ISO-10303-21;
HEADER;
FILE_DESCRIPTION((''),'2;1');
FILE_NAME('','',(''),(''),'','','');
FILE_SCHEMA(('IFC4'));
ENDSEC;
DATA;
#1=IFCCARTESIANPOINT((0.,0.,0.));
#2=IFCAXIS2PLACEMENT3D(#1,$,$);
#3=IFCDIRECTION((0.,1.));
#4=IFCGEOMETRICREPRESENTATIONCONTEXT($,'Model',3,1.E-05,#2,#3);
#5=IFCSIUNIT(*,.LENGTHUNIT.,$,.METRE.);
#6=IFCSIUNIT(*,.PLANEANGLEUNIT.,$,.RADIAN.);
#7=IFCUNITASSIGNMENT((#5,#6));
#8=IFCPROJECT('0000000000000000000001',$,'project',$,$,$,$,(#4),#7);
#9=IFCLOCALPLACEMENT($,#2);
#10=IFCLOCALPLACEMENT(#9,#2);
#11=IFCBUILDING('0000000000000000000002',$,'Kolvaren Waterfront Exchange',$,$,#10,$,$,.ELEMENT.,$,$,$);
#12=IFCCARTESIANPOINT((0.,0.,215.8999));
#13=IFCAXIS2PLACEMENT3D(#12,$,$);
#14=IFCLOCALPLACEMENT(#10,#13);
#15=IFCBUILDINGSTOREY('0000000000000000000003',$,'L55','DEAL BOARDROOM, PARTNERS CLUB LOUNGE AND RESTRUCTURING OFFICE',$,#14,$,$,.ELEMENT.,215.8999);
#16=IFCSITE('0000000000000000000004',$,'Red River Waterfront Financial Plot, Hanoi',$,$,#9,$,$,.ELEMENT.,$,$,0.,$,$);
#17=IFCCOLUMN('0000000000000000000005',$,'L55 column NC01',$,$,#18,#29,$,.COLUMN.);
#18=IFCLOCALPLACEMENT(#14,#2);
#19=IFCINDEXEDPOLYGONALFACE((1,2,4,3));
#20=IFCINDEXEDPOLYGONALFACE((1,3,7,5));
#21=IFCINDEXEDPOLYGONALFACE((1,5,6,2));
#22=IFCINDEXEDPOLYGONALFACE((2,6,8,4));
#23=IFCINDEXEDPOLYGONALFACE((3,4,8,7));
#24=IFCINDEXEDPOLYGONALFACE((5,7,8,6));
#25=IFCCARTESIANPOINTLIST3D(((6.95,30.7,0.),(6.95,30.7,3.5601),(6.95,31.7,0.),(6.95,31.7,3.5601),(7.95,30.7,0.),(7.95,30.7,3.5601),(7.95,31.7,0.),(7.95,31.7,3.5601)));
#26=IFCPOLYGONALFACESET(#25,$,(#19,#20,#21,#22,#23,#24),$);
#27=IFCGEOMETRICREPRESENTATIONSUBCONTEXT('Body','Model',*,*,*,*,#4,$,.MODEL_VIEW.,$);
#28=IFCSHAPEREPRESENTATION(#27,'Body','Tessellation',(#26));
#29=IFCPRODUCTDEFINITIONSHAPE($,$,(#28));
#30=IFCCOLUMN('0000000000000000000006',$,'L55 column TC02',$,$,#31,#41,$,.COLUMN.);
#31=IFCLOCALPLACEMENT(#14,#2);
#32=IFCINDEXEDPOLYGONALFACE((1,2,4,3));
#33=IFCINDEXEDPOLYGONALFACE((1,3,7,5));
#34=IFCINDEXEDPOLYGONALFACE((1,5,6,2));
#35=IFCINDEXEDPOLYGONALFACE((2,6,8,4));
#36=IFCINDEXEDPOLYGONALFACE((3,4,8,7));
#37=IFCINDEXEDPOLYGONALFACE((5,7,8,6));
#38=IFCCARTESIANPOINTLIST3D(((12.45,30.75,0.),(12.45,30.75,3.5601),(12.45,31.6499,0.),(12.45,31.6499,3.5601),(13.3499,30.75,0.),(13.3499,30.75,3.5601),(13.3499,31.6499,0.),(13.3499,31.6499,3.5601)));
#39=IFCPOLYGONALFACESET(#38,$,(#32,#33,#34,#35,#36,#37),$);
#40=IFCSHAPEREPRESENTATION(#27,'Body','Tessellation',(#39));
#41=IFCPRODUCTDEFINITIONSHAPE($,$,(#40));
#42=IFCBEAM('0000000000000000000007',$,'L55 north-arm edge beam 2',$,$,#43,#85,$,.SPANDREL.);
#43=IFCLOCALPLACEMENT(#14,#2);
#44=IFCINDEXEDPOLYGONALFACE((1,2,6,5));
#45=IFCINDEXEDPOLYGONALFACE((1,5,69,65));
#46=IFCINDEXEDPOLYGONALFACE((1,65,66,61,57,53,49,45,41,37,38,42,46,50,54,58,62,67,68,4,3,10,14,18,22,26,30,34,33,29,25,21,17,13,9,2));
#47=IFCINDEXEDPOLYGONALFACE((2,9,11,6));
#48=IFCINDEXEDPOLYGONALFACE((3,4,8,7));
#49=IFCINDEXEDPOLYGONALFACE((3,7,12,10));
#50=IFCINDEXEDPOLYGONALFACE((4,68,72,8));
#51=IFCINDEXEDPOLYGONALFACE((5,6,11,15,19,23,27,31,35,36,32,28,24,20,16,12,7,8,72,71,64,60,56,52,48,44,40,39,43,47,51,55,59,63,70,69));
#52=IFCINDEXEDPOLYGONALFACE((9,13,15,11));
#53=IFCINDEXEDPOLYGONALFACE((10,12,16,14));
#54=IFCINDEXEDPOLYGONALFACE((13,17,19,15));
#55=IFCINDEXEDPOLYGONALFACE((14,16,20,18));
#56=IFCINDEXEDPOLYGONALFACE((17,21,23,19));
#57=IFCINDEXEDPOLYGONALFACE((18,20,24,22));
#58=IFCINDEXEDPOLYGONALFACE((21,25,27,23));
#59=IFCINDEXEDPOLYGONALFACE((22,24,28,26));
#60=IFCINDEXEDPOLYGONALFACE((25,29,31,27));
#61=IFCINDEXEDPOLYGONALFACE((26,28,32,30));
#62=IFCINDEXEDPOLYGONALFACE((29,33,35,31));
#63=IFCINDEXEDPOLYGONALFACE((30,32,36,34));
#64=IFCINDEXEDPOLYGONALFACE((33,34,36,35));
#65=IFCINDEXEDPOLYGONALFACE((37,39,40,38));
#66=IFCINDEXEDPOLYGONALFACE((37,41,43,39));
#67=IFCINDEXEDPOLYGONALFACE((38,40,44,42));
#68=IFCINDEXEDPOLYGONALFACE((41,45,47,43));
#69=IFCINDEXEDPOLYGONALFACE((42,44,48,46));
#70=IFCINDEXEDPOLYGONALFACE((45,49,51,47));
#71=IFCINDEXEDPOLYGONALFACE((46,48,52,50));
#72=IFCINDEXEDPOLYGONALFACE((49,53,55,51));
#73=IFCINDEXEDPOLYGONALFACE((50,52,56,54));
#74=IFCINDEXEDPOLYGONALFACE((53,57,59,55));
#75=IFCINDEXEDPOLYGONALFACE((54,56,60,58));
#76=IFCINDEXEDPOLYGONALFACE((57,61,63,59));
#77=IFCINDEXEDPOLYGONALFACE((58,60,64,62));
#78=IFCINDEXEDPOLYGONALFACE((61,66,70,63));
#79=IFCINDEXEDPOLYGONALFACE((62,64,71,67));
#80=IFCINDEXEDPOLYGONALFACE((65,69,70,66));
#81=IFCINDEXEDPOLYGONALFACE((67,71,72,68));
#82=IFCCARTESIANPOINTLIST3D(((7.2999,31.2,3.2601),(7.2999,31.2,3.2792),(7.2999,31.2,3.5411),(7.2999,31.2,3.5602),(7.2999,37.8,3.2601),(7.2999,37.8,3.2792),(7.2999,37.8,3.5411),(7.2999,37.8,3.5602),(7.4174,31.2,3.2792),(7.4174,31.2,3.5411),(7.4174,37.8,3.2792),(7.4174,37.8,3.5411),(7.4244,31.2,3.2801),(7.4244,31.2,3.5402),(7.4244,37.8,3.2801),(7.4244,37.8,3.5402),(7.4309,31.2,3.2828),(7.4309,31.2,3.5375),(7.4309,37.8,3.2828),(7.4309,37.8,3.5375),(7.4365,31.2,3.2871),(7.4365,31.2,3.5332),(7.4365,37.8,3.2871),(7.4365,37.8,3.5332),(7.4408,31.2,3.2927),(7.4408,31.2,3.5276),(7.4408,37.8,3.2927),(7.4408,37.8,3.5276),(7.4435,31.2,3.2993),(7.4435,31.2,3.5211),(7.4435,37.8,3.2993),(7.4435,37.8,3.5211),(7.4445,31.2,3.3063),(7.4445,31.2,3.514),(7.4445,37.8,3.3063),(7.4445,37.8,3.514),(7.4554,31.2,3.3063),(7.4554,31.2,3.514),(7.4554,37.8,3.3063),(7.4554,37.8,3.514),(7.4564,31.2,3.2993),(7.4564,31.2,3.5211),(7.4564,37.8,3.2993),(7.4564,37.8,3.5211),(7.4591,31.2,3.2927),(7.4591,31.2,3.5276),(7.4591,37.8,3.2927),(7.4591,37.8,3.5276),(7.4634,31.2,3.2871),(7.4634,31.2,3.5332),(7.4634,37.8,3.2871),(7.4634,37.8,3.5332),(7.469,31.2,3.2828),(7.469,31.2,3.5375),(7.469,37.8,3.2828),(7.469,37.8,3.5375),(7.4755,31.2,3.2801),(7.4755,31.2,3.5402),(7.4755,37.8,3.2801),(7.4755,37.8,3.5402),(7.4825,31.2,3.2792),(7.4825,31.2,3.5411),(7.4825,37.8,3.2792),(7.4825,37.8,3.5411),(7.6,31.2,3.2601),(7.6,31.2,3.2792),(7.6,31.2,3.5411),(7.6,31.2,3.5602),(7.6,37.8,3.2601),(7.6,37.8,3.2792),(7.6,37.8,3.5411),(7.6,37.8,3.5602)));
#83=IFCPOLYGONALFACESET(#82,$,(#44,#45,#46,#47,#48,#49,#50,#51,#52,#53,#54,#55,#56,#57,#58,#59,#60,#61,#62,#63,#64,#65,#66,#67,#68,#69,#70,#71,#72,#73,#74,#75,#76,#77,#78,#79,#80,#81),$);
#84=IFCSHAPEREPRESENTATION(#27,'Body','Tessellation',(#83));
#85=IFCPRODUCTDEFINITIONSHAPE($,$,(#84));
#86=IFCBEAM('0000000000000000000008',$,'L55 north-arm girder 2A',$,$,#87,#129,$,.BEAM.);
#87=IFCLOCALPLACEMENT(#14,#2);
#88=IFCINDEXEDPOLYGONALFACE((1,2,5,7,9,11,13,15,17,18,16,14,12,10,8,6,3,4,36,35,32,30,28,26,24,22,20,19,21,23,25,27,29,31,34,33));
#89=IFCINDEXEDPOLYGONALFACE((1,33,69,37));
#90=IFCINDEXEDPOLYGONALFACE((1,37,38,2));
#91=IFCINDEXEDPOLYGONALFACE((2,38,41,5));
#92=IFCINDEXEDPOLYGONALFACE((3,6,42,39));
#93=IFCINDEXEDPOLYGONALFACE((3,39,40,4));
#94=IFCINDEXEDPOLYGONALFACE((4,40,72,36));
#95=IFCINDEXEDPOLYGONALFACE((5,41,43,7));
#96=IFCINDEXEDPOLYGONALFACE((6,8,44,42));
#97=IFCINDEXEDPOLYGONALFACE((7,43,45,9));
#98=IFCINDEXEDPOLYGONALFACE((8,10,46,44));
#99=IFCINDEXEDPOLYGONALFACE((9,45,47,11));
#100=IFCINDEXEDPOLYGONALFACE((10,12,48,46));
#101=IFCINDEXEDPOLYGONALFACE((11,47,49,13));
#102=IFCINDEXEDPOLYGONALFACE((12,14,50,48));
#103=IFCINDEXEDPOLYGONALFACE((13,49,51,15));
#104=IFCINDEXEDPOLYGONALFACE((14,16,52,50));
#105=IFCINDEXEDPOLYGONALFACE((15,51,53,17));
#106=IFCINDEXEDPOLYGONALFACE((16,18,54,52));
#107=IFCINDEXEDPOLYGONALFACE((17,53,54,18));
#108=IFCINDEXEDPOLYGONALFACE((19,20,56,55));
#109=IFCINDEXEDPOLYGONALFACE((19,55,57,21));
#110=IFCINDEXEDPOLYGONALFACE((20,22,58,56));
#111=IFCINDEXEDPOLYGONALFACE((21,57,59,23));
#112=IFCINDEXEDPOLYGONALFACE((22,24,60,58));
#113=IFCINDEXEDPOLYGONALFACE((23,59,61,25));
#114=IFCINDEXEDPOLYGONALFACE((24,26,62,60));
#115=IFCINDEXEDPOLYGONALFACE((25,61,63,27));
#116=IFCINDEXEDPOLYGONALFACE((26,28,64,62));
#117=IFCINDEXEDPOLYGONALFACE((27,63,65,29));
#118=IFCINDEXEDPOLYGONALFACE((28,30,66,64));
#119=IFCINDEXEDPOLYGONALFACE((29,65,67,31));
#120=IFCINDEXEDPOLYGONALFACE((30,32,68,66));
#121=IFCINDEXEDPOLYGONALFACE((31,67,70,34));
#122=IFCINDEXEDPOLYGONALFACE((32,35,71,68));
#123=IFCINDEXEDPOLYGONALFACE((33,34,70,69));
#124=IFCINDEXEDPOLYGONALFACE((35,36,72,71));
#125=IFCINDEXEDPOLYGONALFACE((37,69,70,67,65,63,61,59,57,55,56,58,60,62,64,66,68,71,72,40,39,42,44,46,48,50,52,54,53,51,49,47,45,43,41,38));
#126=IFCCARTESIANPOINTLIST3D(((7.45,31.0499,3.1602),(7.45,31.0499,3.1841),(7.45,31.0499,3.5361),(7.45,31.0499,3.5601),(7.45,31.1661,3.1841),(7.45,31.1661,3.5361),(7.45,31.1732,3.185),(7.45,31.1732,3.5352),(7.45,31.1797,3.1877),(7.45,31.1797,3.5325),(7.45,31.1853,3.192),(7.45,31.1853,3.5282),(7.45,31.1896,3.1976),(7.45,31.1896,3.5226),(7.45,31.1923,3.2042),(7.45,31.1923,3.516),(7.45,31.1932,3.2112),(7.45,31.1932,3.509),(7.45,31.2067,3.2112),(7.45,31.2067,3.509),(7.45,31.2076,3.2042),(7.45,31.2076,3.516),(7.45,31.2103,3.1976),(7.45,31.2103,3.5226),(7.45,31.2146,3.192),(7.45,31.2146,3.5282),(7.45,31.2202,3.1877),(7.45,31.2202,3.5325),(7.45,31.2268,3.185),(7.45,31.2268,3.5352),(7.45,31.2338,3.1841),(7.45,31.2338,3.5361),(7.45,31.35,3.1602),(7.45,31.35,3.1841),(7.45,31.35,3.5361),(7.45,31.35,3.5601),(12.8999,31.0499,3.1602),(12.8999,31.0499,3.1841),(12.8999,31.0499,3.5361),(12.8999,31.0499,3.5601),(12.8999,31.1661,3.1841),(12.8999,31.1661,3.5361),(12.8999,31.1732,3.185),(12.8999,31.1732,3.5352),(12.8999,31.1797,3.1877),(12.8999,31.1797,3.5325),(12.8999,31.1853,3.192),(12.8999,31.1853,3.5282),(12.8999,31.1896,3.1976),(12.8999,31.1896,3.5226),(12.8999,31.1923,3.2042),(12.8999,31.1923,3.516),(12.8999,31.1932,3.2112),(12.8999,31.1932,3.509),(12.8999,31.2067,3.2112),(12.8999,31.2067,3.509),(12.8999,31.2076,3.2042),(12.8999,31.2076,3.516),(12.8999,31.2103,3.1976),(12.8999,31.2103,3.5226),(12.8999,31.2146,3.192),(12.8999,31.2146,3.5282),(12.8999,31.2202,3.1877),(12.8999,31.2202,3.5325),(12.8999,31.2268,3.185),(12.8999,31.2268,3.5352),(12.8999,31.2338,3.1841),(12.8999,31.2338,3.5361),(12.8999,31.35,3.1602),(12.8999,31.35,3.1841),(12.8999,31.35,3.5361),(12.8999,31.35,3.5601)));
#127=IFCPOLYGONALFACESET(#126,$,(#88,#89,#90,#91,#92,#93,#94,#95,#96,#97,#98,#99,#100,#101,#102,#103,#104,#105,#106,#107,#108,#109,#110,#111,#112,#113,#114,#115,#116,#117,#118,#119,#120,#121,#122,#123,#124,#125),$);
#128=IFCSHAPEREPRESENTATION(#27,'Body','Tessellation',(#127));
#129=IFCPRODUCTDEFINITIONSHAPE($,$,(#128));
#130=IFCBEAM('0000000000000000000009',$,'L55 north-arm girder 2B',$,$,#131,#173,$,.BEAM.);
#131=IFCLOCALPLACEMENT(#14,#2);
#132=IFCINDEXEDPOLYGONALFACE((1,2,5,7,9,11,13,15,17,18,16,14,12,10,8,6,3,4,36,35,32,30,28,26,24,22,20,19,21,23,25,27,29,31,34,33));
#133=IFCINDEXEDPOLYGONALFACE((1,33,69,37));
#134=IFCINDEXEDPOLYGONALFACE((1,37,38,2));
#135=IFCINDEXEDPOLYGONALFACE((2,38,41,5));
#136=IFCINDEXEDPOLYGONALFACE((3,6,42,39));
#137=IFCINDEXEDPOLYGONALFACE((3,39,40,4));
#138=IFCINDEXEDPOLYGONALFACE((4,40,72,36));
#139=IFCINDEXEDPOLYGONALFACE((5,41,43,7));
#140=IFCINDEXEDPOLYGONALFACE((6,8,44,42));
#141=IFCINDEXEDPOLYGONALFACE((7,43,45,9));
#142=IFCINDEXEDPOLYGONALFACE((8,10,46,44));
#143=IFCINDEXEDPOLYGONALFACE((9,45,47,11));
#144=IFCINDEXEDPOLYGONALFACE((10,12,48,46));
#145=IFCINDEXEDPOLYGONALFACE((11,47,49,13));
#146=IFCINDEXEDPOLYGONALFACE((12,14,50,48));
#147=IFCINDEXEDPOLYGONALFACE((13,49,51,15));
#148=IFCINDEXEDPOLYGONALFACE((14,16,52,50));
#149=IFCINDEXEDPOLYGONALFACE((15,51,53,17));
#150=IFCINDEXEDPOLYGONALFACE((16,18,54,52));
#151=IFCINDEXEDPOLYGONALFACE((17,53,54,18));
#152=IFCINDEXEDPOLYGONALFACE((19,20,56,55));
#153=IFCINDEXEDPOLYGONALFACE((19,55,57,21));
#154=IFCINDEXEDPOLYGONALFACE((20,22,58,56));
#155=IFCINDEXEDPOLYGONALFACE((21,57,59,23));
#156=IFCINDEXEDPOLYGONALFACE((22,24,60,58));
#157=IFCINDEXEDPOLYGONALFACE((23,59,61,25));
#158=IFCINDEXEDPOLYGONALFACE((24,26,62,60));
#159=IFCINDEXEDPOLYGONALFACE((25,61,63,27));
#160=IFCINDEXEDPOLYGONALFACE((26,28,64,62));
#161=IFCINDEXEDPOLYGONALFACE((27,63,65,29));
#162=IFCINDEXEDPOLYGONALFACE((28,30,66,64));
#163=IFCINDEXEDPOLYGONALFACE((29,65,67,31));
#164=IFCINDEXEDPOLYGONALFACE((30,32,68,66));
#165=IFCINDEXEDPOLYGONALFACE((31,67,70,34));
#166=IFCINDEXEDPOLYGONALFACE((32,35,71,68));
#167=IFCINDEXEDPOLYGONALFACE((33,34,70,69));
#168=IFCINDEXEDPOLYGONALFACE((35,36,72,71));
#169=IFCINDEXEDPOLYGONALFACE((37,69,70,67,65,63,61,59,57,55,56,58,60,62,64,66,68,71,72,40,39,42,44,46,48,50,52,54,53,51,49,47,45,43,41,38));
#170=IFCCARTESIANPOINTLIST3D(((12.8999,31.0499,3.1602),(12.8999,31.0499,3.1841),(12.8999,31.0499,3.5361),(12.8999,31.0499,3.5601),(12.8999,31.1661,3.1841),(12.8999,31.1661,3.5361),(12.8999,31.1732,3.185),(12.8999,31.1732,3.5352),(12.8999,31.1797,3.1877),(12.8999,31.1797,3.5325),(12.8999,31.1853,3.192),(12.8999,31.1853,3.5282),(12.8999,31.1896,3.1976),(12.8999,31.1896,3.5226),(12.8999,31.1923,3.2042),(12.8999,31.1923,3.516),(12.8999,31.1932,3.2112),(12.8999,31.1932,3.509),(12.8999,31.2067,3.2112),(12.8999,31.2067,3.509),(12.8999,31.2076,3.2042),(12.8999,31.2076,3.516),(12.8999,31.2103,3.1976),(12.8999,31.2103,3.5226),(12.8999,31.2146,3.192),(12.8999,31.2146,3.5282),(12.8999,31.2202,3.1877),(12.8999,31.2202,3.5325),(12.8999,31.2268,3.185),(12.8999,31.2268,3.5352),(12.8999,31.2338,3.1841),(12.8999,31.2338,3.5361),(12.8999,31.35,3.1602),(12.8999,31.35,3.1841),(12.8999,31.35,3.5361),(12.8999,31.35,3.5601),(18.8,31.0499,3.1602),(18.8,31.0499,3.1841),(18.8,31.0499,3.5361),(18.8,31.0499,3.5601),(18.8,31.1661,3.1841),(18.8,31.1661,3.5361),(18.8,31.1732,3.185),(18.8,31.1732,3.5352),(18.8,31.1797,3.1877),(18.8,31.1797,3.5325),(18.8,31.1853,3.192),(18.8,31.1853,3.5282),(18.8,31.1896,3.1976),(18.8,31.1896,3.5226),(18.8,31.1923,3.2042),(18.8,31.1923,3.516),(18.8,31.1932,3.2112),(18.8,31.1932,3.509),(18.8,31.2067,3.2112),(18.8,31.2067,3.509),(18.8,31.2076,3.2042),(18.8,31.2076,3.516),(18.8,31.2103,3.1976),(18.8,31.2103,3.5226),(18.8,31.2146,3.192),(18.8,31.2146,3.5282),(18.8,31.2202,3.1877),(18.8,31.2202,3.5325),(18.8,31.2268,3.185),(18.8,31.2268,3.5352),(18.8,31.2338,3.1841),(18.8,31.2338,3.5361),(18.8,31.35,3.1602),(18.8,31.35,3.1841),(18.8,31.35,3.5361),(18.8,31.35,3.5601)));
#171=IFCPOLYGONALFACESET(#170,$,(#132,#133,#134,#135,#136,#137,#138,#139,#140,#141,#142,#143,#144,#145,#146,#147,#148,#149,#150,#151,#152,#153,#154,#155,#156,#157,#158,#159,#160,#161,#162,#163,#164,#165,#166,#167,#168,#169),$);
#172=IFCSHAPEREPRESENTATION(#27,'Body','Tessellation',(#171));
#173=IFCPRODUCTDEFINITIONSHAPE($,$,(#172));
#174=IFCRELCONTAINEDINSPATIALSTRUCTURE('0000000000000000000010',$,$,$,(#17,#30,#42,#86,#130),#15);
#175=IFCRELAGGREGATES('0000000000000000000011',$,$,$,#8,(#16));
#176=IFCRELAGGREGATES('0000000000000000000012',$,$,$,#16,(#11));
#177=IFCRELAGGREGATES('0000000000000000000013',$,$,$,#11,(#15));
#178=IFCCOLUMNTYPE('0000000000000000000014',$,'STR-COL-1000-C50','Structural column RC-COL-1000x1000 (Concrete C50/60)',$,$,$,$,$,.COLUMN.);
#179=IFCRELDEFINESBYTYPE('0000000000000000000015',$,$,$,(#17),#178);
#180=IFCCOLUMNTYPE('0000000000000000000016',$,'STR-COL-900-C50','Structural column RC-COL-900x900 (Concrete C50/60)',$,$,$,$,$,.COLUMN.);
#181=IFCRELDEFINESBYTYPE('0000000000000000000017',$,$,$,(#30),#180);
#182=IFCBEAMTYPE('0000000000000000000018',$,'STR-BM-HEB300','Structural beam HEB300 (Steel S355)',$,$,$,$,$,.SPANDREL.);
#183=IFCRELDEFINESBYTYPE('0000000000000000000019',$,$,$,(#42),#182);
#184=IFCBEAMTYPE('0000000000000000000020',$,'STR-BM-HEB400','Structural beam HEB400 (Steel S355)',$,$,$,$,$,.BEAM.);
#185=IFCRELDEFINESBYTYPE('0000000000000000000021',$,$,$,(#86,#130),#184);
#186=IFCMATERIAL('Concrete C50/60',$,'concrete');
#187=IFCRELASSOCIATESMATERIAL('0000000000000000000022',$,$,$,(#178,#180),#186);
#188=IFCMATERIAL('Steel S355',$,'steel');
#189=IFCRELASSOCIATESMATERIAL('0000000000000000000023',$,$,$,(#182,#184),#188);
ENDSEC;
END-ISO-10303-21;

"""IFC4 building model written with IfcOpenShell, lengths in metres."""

from ifc_helpers import new_model, si_unit, direction, frame, origin, origin_2d, place, context, subcontext, project, spatial, rectangle, i_section, extrude, material, material_profile, profile_set, type_object, element, save


model = new_model("IFC4")

# Units and contexts
model_context = context("Model", 3, precision=1e-05, world=origin(), true_north=direction((0.0, 1.0)))
body_context = subcontext(model_context, "Body", "Model", "MODEL_VIEW")
ifc_project = project(units=[si_unit("LENGTHUNIT", "METRE"), si_unit("PLANEANGLEUNIT", "RADIAN")], contexts=[model_context])

# Site, building, storey
site_placement = place(None, origin())
site = spatial("IfcSite", under=ifc_project, at=site_placement, Name="Red River Waterfront Financial Plot, Hanoi", CompositionType="ELEMENT", RefElevation=0.0)
building_placement = place(site_placement, origin())
building = spatial("IfcBuilding", under=site, at=building_placement, Name="Kolvaren Waterfront Exchange", CompositionType="ELEMENT")
storey_placement = place(building_placement, frame((0.0, 0.0, 215.8999)))
storey = spatial("IfcBuildingStorey", under=building, at=storey_placement, Name="L55", Description="DEAL BOARDROOM, PARTNERS CLUB LOUNGE AND RESTRUCTURING OFFICE", CompositionType="ELEMENT", Elevation=215.8999)

# Columns
ifc_material_1 = material(Name="Concrete C50/60", Category="concrete")
ifc_material_profile_1 = material_profile(ifc_material_1, rectangle(XDim=1.0, YDim=1.0, at=origin_2d()), Name="RC-COL-1000x1000")
ifc_profile_set_1 = profile_set([ifc_material_profile_1], Name="Concrete C50/60")
column_type_1 = type_object("IfcColumnType", Name="STR-COL-1000-C50", Description="Structural column RC-COL-1000x1000 (Concrete C50/60)", PredefinedType="COLUMN", material=ifc_profile_set_1)
column_1_placement = place(storey_placement, frame((7.45, 31.2, 0.0), z_axis=(0.0, 0.0, 1.0), x_axis=(1.0, 0.0, 0.0)))
element("IfcColumn", 1, at=column_1_placement, inside=storey, type_object=column_type_1, Name="L55 column NC01", PredefinedType="COLUMN", context=body_context, shape_type="SweptSolid", body=[
    extrude(rectangle(XDim=1.0, YDim=1.0, at=origin_2d()), origin(), (0.0, 0.0, 1.0), 3.5601),
])
ifc_material_profile_2 = material_profile(ifc_material_1, rectangle(XDim=0.8999, YDim=0.8999, at=origin_2d()), Name="RC-COL-900x900")
ifc_profile_set_2 = profile_set([ifc_material_profile_2], Name="Concrete C50/60")
column_type_2 = type_object("IfcColumnType", Name="STR-COL-900-C50", Description="Structural column RC-COL-900x900 (Concrete C50/60)", PredefinedType="COLUMN", material=ifc_profile_set_2)
column_2_placement = place(storey_placement, frame((12.8999, 31.2, 0.0), z_axis=(0.0, 0.0, 1.0), x_axis=(1.0, 0.0, 0.0)))
element("IfcColumn", 2, at=column_2_placement, inside=storey, type_object=column_type_2, Name="L55 column TC02", PredefinedType="COLUMN", context=body_context, shape_type="SweptSolid", body=[
    extrude(rectangle(XDim=0.8999, YDim=0.8999, at=origin_2d()), origin(), (0.0, 0.0, 1.0), 3.5601),
])

# Beams
ifc_material_2 = material(Name="Steel S355", Category="steel")
ifc_material_profile_3 = material_profile(ifc_material_2, i_section(OverallWidth=0.3, OverallDepth=0.3, WebThickness=0.011, FlangeThickness=0.019, FilletRadius=0.0271, at=origin_2d()), Name="HEB300")
ifc_profile_set_3 = profile_set([ifc_material_profile_3], Name="Steel S355")
beam_type_1 = type_object("IfcBeamType", Name="STR-BM-HEB300", Description="Structural beam HEB300 (Steel S355)", PredefinedType="SPANDREL", material=ifc_profile_set_3)
beam_1_placement = place(storey_placement, frame((7.45, 31.2, 3.4102), z_axis=(0.0, 1.0, 0.0), x_axis=(-1.0, 0.0, 0.0)))
element("IfcBeam", 3, at=beam_1_placement, inside=storey, type_object=beam_type_1, Name="L55 north-arm edge beam 2", PredefinedType="SPANDREL", context=body_context, shape_type="SweptSolid", body=[
    extrude(i_section(OverallWidth=0.3, OverallDepth=0.3, WebThickness=0.011, FlangeThickness=0.019, FilletRadius=0.0271, at=origin_2d()), origin(), (0.0, 0.0, 1.0), 6.6001),
])
ifc_material_profile_4 = material_profile(ifc_material_2, i_section(OverallWidth=0.3, OverallDepth=0.3999, WebThickness=0.0134, FlangeThickness=0.0239, FilletRadius=0.0271, at=origin_2d()), Name="HEB400")
ifc_profile_set_4 = profile_set([ifc_material_profile_4], Name="Steel S355")
beam_type_2 = type_object("IfcBeamType", Name="STR-BM-HEB400", Description="Structural beam HEB400 (Steel S355)", PredefinedType="BEAM", material=ifc_profile_set_4)
beam_2_placement = place(storey_placement, frame((7.45, 31.2, 3.3601), z_axis=(1.0, 0.0, 0.0), x_axis=(0.0, 1.0, 0.0)))
element("IfcBeam", 4, at=beam_2_placement, inside=storey, type_object=beam_type_2, Name="L55 north-arm girder 2A", PredefinedType="BEAM", context=body_context, shape_type="SweptSolid", body=[
    extrude(i_section(OverallWidth=0.3, OverallDepth=0.3999, WebThickness=0.0134, FlangeThickness=0.0239, FilletRadius=0.0271, at=origin_2d()), origin(), (0.0, 0.0, 1.0), 5.45),
])
beam_3_placement = place(storey_placement, frame((12.8999, 31.2, 3.3601), z_axis=(1.0, 0.0, 0.0), x_axis=(0.0, 1.0, 0.0)))
element("IfcBeam", 5, at=beam_3_placement, inside=storey, type_object=beam_type_2, Name="L55 north-arm girder 2B", PredefinedType="BEAM", context=body_context, shape_type="SweptSolid", body=[
    extrude(i_section(OverallWidth=0.3, OverallDepth=0.3999, WebThickness=0.0134, FlangeThickness=0.0239, FilletRadius=0.0271, at=origin_2d()), origin(), (0.0, 0.0, 1.0), 5.9001),
])

save(model, "model.ifc")
